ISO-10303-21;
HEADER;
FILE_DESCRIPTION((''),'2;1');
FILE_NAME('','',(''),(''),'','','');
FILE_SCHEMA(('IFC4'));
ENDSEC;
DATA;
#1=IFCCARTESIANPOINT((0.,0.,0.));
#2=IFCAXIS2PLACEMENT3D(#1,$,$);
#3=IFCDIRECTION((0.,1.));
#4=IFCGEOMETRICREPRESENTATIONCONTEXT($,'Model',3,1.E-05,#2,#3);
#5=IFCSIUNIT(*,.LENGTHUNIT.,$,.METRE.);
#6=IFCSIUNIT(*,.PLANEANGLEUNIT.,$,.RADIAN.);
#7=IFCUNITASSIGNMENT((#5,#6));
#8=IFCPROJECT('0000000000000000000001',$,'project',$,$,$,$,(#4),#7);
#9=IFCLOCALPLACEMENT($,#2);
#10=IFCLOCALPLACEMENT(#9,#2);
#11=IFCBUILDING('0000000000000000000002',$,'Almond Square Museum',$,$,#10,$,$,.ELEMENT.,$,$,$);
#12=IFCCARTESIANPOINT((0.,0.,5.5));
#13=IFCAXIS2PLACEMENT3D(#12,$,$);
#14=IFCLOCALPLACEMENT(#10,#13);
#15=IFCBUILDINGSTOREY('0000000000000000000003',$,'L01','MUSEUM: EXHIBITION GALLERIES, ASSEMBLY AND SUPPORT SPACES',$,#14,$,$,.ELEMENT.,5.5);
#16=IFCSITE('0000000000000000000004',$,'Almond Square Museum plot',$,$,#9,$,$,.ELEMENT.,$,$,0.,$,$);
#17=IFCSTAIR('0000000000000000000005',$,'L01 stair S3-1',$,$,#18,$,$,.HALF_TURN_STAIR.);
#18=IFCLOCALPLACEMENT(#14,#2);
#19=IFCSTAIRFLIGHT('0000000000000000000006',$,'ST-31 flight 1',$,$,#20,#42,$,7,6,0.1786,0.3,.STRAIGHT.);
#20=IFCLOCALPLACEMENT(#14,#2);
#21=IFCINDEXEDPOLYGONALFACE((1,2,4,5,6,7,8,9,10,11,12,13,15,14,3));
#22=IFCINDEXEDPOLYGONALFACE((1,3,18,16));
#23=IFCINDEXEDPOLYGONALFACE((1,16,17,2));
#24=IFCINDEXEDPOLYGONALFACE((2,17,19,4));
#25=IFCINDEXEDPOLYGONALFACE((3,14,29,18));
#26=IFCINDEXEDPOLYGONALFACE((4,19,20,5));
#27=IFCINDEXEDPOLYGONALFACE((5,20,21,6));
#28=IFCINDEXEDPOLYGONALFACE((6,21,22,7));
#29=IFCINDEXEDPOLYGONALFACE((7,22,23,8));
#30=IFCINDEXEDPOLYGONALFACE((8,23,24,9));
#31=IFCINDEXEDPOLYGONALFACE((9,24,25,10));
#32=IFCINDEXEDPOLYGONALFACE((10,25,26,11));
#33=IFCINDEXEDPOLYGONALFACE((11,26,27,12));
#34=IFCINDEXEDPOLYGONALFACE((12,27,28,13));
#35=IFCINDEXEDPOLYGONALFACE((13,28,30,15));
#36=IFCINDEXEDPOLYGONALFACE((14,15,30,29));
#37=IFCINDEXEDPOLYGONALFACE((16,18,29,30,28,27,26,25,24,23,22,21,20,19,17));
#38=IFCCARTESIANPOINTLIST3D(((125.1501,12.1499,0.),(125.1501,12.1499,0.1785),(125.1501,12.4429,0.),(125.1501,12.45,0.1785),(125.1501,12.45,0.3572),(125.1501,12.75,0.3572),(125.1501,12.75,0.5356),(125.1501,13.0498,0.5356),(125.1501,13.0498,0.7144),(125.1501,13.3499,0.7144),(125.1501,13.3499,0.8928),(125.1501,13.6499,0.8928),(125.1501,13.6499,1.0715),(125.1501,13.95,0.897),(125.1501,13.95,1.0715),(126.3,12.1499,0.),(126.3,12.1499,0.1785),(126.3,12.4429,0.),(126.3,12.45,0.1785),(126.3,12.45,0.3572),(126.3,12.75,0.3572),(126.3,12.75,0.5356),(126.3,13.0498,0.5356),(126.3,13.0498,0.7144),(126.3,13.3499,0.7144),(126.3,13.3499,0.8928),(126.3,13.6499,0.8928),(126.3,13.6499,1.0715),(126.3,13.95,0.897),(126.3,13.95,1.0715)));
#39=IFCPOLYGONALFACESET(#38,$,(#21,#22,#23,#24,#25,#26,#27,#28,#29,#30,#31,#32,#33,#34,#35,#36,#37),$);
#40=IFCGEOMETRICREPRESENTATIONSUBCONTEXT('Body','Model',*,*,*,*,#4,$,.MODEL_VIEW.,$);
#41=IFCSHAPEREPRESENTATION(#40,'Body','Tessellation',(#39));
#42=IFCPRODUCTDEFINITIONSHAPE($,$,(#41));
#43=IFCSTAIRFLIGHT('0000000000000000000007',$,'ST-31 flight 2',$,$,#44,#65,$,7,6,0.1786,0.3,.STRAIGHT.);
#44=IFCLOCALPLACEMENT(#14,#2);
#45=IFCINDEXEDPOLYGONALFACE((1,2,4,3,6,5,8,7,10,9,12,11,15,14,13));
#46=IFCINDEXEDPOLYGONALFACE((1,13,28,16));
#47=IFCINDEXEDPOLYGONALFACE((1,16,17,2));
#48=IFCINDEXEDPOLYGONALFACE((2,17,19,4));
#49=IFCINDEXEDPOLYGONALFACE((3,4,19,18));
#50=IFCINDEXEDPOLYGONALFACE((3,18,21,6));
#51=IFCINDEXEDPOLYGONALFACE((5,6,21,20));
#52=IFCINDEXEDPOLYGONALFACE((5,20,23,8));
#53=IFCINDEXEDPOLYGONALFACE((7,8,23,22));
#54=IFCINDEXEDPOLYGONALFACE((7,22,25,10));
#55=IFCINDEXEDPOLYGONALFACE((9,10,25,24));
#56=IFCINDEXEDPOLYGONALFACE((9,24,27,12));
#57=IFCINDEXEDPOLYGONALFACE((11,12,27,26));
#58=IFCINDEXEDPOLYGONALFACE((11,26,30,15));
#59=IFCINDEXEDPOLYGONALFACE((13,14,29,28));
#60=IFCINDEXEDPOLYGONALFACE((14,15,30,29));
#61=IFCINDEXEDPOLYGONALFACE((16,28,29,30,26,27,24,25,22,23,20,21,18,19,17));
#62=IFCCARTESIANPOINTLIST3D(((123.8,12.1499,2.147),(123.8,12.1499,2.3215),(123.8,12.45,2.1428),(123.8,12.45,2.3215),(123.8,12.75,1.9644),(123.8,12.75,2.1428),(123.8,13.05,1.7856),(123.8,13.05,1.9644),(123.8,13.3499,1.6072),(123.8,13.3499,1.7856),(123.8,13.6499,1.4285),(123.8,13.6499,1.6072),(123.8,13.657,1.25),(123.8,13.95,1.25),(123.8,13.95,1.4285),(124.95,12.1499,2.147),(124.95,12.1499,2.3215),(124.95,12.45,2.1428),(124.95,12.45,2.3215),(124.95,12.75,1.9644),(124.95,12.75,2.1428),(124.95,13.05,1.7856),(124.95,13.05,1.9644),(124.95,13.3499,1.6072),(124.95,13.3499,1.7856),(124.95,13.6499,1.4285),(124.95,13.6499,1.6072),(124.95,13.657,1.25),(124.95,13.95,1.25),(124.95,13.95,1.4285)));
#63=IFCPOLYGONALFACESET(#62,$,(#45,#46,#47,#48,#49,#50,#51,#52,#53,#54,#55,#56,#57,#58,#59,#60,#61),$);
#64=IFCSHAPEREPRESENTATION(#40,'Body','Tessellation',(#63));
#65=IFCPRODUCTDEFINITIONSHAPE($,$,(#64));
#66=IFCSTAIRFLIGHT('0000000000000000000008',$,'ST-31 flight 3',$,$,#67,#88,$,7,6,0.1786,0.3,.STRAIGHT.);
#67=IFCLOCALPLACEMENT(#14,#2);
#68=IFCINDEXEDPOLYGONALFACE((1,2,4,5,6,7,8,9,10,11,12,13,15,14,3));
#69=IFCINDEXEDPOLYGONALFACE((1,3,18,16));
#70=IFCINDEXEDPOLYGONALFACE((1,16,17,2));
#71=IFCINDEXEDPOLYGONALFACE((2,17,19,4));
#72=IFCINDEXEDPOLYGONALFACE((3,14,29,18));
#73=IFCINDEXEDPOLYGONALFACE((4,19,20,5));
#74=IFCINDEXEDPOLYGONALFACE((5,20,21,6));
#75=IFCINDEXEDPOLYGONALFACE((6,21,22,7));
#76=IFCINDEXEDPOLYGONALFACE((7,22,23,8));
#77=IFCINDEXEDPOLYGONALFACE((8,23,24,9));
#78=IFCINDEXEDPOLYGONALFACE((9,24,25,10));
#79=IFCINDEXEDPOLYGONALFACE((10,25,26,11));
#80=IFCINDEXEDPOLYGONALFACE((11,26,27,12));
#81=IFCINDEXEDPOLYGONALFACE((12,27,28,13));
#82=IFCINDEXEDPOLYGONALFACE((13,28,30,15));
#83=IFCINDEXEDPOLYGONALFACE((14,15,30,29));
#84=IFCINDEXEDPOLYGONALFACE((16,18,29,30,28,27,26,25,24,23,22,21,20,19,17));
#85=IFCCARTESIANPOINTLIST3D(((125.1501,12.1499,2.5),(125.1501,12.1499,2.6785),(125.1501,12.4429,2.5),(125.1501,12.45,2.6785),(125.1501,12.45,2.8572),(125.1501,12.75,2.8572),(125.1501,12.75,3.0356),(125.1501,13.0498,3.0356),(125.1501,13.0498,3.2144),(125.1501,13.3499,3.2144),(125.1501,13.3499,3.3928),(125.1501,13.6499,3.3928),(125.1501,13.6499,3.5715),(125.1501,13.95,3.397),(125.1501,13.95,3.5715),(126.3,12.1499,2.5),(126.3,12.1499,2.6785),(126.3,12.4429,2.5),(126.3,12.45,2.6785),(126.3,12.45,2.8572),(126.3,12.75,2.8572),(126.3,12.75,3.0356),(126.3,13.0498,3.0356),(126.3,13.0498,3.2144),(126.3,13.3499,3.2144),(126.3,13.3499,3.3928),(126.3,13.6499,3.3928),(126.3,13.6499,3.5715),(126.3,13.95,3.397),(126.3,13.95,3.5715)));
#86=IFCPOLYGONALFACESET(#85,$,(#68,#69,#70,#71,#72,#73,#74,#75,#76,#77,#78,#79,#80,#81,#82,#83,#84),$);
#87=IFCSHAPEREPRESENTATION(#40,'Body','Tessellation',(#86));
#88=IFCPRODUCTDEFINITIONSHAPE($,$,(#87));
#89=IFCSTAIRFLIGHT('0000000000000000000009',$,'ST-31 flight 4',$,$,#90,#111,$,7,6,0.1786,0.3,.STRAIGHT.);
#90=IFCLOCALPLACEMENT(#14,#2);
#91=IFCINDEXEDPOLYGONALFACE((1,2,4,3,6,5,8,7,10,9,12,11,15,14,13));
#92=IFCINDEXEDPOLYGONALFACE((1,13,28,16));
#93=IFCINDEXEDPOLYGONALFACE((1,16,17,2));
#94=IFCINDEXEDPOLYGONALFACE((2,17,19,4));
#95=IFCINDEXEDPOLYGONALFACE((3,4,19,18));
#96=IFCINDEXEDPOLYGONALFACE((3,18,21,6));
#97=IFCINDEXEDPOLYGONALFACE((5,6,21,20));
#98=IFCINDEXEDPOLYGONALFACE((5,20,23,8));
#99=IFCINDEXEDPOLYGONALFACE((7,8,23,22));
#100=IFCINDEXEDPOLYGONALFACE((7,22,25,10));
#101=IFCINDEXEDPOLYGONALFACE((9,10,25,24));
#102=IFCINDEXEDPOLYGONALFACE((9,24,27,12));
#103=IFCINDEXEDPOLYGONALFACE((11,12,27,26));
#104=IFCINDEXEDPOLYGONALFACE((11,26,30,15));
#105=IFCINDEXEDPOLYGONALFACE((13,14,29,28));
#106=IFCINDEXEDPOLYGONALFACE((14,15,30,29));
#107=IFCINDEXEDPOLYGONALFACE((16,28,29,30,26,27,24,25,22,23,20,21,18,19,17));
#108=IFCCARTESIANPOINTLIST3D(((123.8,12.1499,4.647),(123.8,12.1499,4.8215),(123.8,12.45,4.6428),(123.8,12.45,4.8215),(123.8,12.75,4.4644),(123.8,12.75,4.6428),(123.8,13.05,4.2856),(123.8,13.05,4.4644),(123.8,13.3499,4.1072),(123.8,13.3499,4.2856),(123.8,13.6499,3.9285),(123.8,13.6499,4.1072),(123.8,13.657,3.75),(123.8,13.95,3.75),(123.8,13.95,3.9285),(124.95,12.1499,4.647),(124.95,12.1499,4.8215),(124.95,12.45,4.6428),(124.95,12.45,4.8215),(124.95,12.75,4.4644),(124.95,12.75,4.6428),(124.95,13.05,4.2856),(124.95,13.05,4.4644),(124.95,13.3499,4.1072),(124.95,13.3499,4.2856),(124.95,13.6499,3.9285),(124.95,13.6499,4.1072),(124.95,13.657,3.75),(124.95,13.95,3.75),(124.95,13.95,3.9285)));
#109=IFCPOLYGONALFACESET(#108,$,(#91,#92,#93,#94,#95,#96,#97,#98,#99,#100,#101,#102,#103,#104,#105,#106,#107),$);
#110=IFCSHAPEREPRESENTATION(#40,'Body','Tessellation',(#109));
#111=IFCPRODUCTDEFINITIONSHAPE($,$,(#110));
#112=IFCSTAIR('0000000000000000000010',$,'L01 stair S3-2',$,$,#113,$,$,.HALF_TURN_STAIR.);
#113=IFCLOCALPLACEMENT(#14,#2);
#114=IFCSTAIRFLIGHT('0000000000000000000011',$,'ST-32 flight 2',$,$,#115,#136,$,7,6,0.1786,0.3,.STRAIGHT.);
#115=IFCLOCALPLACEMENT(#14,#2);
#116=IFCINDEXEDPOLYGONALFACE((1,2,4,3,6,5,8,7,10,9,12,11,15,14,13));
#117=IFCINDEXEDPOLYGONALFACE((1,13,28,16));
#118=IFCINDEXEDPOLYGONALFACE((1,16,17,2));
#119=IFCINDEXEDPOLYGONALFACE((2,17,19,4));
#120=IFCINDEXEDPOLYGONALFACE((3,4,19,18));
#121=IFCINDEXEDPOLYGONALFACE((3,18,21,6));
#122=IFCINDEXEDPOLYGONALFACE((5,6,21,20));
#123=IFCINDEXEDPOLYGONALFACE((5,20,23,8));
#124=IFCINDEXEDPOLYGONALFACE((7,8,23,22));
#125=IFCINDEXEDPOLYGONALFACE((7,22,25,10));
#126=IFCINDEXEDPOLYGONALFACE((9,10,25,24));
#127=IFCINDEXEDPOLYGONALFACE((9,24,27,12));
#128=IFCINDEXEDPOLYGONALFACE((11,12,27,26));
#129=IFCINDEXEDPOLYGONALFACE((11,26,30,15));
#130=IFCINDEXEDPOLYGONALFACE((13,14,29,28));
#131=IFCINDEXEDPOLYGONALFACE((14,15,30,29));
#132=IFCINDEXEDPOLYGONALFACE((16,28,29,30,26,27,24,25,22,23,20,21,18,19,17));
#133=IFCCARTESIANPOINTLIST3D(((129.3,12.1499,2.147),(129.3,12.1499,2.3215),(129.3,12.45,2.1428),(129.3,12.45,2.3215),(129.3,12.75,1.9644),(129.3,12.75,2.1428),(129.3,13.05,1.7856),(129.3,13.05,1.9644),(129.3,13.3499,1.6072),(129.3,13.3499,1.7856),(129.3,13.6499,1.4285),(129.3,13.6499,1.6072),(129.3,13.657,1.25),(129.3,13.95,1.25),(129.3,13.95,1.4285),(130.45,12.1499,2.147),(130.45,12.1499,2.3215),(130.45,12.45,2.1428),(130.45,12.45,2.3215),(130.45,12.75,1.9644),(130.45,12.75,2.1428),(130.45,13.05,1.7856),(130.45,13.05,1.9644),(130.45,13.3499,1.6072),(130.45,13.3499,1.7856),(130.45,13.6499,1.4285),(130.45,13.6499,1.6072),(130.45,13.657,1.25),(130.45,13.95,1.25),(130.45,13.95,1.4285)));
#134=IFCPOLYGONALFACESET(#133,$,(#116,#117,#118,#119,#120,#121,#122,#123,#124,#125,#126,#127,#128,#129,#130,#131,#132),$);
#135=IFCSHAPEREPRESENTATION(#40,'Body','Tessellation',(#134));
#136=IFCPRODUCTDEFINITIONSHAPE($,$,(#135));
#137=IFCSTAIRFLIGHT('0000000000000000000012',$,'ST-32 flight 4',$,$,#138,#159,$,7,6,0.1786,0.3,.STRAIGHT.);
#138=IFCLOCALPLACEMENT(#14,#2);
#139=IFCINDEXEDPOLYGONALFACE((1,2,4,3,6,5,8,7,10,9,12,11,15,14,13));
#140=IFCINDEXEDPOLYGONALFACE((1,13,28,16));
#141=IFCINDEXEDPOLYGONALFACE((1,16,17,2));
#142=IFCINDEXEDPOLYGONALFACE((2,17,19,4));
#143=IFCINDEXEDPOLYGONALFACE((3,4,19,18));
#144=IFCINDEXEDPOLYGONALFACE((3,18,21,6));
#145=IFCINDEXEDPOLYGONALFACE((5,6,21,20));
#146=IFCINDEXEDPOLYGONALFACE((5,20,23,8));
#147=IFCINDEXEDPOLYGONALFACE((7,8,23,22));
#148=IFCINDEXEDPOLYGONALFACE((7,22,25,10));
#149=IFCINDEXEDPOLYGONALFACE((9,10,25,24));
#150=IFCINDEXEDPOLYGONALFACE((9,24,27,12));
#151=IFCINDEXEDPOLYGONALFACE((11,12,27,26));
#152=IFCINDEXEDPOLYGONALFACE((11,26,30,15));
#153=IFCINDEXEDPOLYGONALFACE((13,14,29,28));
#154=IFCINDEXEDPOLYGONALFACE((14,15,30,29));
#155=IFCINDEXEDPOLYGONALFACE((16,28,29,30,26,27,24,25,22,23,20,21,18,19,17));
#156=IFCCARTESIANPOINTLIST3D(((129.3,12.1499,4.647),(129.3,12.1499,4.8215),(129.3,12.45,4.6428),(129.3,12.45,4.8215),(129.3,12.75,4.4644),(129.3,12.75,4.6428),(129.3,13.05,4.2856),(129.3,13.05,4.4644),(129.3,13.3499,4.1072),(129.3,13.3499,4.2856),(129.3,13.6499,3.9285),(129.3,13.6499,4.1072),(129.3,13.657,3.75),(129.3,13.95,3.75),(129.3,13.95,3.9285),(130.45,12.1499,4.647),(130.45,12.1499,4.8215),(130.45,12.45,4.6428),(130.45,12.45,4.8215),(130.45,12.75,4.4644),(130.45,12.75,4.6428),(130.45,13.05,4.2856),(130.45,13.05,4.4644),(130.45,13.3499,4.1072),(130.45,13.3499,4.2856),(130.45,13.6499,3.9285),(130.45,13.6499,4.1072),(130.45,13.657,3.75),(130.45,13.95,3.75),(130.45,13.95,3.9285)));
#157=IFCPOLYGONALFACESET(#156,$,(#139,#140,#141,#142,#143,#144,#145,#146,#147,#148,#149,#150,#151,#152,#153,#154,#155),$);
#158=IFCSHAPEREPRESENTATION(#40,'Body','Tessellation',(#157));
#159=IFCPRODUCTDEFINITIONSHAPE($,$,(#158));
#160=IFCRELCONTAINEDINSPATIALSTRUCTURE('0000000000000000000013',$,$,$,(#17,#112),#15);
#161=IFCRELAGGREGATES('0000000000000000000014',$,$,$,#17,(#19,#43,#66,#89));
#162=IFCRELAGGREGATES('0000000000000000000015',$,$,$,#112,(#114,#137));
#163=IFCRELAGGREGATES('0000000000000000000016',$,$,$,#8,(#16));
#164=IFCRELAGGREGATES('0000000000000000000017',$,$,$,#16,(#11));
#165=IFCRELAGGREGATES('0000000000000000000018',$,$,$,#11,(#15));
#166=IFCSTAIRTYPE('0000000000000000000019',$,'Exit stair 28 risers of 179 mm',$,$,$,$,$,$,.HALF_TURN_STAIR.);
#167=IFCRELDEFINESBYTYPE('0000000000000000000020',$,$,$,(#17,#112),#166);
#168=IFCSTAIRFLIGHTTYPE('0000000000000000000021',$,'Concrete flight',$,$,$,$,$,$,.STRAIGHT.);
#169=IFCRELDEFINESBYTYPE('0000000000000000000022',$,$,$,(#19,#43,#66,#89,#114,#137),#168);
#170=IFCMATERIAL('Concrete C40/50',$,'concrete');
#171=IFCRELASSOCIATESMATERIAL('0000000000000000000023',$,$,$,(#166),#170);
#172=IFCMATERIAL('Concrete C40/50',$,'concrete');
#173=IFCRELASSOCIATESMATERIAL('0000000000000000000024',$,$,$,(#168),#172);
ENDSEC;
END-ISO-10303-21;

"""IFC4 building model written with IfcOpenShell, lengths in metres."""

from ifc_helpers import new_model, si_unit, direction, frame, origin, place, context, subcontext, project, spatial, polyline, outline, extrude, material, type_object, element, aggregate, save


model = new_model("IFC4")

# Units and contexts
model_context = context("Model", 3, precision=1e-05, world=origin(), true_north=direction((0.0, 1.0)))
body_context = subcontext(model_context, "Body", "Model", "MODEL_VIEW")
ifc_project = project(units=[si_unit("LENGTHUNIT", "METRE"), si_unit("PLANEANGLEUNIT", "RADIAN")], contexts=[model_context])

# Site, building, storey
site_placement = place(None, origin())
site = spatial("IfcSite", under=ifc_project, at=site_placement, Name="Almond Square Museum plot", CompositionType="ELEMENT", RefElevation=0.0)
building_placement = place(site_placement, origin())
building = spatial("IfcBuilding", under=site, at=building_placement, Name="Almond Square Museum", CompositionType="ELEMENT")
storey_placement = place(building_placement, frame((0.0, 0.0, 5.5)))
storey = spatial("IfcBuildingStorey", under=building, at=storey_placement, Name="L01", Description="MUSEUM: EXHIBITION GALLERIES, ASSEMBLY AND SUPPORT SPACES", CompositionType="ELEMENT", Elevation=5.5)

# Stairs, stair flights
ifc_material_1 = material(Name="Concrete C40/50", Category="concrete")
stair_type = type_object("IfcStairType", Name="Exit stair 28 risers of 179 mm", PredefinedType="HALF_TURN_STAIR", material=ifc_material_1)
stair_1_placement = place(storey_placement, origin())
stair_1 = element("IfcStair", 1, at=stair_1_placement, inside=storey, type_object=stair_type, Name="L01 stair S3-1", PredefinedType="HALF_TURN_STAIR")
ifc_material_2 = material(Name="Concrete C40/50", Category="concrete")
stair_flight_type = type_object("IfcStairFlightType", Name="Concrete flight", PredefinedType="STRAIGHT", material=ifc_material_2)
stair_flight_1_placement = place(storey_placement, frame((125.7251, 12.1499, 0.0), z_axis=(0.0, 0.0, 1.0), x_axis=(0.0, 1.0, 0.0)))
stair_flight_1 = element("IfcStairFlight", 2, at=stair_flight_1_placement, type_object=stair_flight_type, Name="ST-31 flight 1", NumberOfRisers=7, NumberOfTreads=6, PredefinedType="STRAIGHT", RiserHeight=0.1786, TreadLength=0.3, context=body_context, shape_type="SweptSolid", body=[
    extrude(outline(polyline([(0.0, 0.0), (0.0, 0.1785), (0.3, 0.1785), (0.3, 0.3572), (0.6001, 0.3572), (0.6001, 0.5356), (0.8999, 0.5356), (0.8999, 0.7144), (1.2, 0.7144), (1.2, 0.8928), (1.5, 0.8928), (1.5, 1.0715), (1.8, 1.0715), (1.8, 1.25), (1.8, 0.897), (0.293, 0.0), (0.0, 0.0)])), frame((0.0, 0.575, 0.0), z_axis=(0.0, -1.0, 0.0), x_axis=(1.0, 0.0, 0.0)), (0.0, 0.0, 1.0), 1.1499),
])
stair_flight_2_placement = place(storey_placement, frame((124.375, 13.95, 1.25), z_axis=(0.0, 0.0, 1.0), x_axis=(0.0, -1.0, 0.0)))
stair_flight_2 = element("IfcStairFlight", 3, at=stair_flight_2_placement, type_object=stair_flight_type, Name="ST-31 flight 2", NumberOfRisers=7, NumberOfTreads=6, PredefinedType="STRAIGHT", RiserHeight=0.1786, TreadLength=0.3, context=body_context, shape_type="SweptSolid", body=[
    extrude(outline(polyline([(0.0, 0.0), (0.0, 0.1785), (0.3, 0.1785), (0.3, 0.3572), (0.6001, 0.3572), (0.6001, 0.5356), (0.8999, 0.5356), (0.8999, 0.7144), (1.2, 0.7144), (1.2, 0.8928), (1.5, 0.8928), (1.5, 1.0715), (1.8, 1.0715), (1.8, 1.25), (1.8, 0.897), (0.293, 0.0), (0.0, 0.0)])), frame((0.0, 0.575, 0.0), z_axis=(0.0, -1.0, 0.0), x_axis=(1.0, 0.0, 0.0)), (0.0, 0.0, 1.0), 1.1499),
])
stair_flight_3_placement = place(storey_placement, frame((125.7251, 12.1499, 2.5), z_axis=(0.0, 0.0, 1.0), x_axis=(0.0, 1.0, 0.0)))
stair_flight_3 = element("IfcStairFlight", 4, at=stair_flight_3_placement, type_object=stair_flight_type, Name="ST-31 flight 3", NumberOfRisers=7, NumberOfTreads=6, PredefinedType="STRAIGHT", RiserHeight=0.1786, TreadLength=0.3, context=body_context, shape_type="SweptSolid", body=[
    extrude(outline(polyline([(0.0, 0.0), (0.0, 0.1785), (0.3, 0.1785), (0.3, 0.3572), (0.6001, 0.3572), (0.6001, 0.5356), (0.8999, 0.5356), (0.8999, 0.7144), (1.2, 0.7144), (1.2, 0.8928), (1.5, 0.8928), (1.5, 1.0715), (1.8, 1.0715), (1.8, 1.25), (1.8, 0.897), (0.293, 0.0), (0.0, 0.0)])), frame((0.0, 0.575, 0.0), z_axis=(0.0, -1.0, 0.0), x_axis=(1.0, 0.0, 0.0)), (0.0, 0.0, 1.0), 1.1499),
])
stair_flight_4_placement = place(storey_placement, frame((124.375, 13.95, 3.75), z_axis=(0.0, 0.0, 1.0), x_axis=(0.0, -1.0, 0.0)))
stair_flight_4 = element("IfcStairFlight", 5, at=stair_flight_4_placement, type_object=stair_flight_type, Name="ST-31 flight 4", NumberOfRisers=7, NumberOfTreads=6, PredefinedType="STRAIGHT", RiserHeight=0.1786, TreadLength=0.3, context=body_context, shape_type="SweptSolid", body=[
    extrude(outline(polyline([(0.0, 0.0), (0.0, 0.1785), (0.3, 0.1785), (0.3, 0.3572), (0.6001, 0.3572), (0.6001, 0.5356), (0.8999, 0.5356), (0.8999, 0.7144), (1.2, 0.7144), (1.2, 0.8928), (1.5, 0.8928), (1.5, 1.0715), (1.8, 1.0715), (1.8, 1.25), (1.8, 0.897), (0.293, 0.0), (0.0, 0.0)])), frame((0.0, 0.575, 0.0), z_axis=(0.0, -1.0, 0.0), x_axis=(1.0, 0.0, 0.0)), (0.0, 0.0, 1.0), 1.1499),
])
aggregate(stair_1, [stair_flight_1, stair_flight_2, stair_flight_3, stair_flight_4])
stair_2_placement = place(storey_placement, origin())
stair_2 = element("IfcStair", 6, at=stair_2_placement, inside=storey, type_object=stair_type, Name="L01 stair S3-2", PredefinedType="HALF_TURN_STAIR")
stair_flight_5_placement = place(storey_placement, frame((129.875, 13.95, 1.25), z_axis=(0.0, 0.0, 1.0), x_axis=(0.0, -1.0, 0.0)))
stair_flight_5 = element("IfcStairFlight", 7, at=stair_flight_5_placement, type_object=stair_flight_type, Name="ST-32 flight 2", NumberOfRisers=7, NumberOfTreads=6, PredefinedType="STRAIGHT", RiserHeight=0.1786, TreadLength=0.3, context=body_context, shape_type="SweptSolid", body=[
    extrude(outline(polyline([(0.0, 0.0), (0.0, 0.1785), (0.3, 0.1785), (0.3, 0.3572), (0.6001, 0.3572), (0.6001, 0.5356), (0.8999, 0.5356), (0.8999, 0.7144), (1.2, 0.7144), (1.2, 0.8928), (1.5, 0.8928), (1.5, 1.0715), (1.8, 1.0715), (1.8, 1.25), (1.8, 0.897), (0.293, 0.0), (0.0, 0.0)])), frame((0.0, 0.575, 0.0), z_axis=(0.0, -1.0, 0.0), x_axis=(1.0, 0.0, 0.0)), (0.0, 0.0, 1.0), 1.1499),
])
stair_flight_6_placement = place(storey_placement, frame((129.875, 13.95, 3.75), z_axis=(0.0, 0.0, 1.0), x_axis=(0.0, -1.0, 0.0)))
stair_flight_6 = element("IfcStairFlight", 8, at=stair_flight_6_placement, type_object=stair_flight_type, Name="ST-32 flight 4", NumberOfRisers=7, NumberOfTreads=6, PredefinedType="STRAIGHT", RiserHeight=0.1786, TreadLength=0.3, context=body_context, shape_type="SweptSolid", body=[
    extrude(outline(polyline([(0.0, 0.0), (0.0, 0.1785), (0.3, 0.1785), (0.3, 0.3572), (0.6001, 0.3572), (0.6001, 0.5356), (0.8999, 0.5356), (0.8999, 0.7144), (1.2, 0.7144), (1.2, 0.8928), (1.5, 0.8928), (1.5, 1.0715), (1.8, 1.0715), (1.8, 1.25), (1.8, 0.897), (0.293, 0.0), (0.0, 0.0)])), frame((0.0, 0.575, 0.0), z_axis=(0.0, -1.0, 0.0), x_axis=(1.0, 0.0, 0.0)), (0.0, 0.0, 1.0), 1.1499),
])
aggregate(stair_2, [stair_flight_5, stair_flight_6])

save(model, "model.ifc")
